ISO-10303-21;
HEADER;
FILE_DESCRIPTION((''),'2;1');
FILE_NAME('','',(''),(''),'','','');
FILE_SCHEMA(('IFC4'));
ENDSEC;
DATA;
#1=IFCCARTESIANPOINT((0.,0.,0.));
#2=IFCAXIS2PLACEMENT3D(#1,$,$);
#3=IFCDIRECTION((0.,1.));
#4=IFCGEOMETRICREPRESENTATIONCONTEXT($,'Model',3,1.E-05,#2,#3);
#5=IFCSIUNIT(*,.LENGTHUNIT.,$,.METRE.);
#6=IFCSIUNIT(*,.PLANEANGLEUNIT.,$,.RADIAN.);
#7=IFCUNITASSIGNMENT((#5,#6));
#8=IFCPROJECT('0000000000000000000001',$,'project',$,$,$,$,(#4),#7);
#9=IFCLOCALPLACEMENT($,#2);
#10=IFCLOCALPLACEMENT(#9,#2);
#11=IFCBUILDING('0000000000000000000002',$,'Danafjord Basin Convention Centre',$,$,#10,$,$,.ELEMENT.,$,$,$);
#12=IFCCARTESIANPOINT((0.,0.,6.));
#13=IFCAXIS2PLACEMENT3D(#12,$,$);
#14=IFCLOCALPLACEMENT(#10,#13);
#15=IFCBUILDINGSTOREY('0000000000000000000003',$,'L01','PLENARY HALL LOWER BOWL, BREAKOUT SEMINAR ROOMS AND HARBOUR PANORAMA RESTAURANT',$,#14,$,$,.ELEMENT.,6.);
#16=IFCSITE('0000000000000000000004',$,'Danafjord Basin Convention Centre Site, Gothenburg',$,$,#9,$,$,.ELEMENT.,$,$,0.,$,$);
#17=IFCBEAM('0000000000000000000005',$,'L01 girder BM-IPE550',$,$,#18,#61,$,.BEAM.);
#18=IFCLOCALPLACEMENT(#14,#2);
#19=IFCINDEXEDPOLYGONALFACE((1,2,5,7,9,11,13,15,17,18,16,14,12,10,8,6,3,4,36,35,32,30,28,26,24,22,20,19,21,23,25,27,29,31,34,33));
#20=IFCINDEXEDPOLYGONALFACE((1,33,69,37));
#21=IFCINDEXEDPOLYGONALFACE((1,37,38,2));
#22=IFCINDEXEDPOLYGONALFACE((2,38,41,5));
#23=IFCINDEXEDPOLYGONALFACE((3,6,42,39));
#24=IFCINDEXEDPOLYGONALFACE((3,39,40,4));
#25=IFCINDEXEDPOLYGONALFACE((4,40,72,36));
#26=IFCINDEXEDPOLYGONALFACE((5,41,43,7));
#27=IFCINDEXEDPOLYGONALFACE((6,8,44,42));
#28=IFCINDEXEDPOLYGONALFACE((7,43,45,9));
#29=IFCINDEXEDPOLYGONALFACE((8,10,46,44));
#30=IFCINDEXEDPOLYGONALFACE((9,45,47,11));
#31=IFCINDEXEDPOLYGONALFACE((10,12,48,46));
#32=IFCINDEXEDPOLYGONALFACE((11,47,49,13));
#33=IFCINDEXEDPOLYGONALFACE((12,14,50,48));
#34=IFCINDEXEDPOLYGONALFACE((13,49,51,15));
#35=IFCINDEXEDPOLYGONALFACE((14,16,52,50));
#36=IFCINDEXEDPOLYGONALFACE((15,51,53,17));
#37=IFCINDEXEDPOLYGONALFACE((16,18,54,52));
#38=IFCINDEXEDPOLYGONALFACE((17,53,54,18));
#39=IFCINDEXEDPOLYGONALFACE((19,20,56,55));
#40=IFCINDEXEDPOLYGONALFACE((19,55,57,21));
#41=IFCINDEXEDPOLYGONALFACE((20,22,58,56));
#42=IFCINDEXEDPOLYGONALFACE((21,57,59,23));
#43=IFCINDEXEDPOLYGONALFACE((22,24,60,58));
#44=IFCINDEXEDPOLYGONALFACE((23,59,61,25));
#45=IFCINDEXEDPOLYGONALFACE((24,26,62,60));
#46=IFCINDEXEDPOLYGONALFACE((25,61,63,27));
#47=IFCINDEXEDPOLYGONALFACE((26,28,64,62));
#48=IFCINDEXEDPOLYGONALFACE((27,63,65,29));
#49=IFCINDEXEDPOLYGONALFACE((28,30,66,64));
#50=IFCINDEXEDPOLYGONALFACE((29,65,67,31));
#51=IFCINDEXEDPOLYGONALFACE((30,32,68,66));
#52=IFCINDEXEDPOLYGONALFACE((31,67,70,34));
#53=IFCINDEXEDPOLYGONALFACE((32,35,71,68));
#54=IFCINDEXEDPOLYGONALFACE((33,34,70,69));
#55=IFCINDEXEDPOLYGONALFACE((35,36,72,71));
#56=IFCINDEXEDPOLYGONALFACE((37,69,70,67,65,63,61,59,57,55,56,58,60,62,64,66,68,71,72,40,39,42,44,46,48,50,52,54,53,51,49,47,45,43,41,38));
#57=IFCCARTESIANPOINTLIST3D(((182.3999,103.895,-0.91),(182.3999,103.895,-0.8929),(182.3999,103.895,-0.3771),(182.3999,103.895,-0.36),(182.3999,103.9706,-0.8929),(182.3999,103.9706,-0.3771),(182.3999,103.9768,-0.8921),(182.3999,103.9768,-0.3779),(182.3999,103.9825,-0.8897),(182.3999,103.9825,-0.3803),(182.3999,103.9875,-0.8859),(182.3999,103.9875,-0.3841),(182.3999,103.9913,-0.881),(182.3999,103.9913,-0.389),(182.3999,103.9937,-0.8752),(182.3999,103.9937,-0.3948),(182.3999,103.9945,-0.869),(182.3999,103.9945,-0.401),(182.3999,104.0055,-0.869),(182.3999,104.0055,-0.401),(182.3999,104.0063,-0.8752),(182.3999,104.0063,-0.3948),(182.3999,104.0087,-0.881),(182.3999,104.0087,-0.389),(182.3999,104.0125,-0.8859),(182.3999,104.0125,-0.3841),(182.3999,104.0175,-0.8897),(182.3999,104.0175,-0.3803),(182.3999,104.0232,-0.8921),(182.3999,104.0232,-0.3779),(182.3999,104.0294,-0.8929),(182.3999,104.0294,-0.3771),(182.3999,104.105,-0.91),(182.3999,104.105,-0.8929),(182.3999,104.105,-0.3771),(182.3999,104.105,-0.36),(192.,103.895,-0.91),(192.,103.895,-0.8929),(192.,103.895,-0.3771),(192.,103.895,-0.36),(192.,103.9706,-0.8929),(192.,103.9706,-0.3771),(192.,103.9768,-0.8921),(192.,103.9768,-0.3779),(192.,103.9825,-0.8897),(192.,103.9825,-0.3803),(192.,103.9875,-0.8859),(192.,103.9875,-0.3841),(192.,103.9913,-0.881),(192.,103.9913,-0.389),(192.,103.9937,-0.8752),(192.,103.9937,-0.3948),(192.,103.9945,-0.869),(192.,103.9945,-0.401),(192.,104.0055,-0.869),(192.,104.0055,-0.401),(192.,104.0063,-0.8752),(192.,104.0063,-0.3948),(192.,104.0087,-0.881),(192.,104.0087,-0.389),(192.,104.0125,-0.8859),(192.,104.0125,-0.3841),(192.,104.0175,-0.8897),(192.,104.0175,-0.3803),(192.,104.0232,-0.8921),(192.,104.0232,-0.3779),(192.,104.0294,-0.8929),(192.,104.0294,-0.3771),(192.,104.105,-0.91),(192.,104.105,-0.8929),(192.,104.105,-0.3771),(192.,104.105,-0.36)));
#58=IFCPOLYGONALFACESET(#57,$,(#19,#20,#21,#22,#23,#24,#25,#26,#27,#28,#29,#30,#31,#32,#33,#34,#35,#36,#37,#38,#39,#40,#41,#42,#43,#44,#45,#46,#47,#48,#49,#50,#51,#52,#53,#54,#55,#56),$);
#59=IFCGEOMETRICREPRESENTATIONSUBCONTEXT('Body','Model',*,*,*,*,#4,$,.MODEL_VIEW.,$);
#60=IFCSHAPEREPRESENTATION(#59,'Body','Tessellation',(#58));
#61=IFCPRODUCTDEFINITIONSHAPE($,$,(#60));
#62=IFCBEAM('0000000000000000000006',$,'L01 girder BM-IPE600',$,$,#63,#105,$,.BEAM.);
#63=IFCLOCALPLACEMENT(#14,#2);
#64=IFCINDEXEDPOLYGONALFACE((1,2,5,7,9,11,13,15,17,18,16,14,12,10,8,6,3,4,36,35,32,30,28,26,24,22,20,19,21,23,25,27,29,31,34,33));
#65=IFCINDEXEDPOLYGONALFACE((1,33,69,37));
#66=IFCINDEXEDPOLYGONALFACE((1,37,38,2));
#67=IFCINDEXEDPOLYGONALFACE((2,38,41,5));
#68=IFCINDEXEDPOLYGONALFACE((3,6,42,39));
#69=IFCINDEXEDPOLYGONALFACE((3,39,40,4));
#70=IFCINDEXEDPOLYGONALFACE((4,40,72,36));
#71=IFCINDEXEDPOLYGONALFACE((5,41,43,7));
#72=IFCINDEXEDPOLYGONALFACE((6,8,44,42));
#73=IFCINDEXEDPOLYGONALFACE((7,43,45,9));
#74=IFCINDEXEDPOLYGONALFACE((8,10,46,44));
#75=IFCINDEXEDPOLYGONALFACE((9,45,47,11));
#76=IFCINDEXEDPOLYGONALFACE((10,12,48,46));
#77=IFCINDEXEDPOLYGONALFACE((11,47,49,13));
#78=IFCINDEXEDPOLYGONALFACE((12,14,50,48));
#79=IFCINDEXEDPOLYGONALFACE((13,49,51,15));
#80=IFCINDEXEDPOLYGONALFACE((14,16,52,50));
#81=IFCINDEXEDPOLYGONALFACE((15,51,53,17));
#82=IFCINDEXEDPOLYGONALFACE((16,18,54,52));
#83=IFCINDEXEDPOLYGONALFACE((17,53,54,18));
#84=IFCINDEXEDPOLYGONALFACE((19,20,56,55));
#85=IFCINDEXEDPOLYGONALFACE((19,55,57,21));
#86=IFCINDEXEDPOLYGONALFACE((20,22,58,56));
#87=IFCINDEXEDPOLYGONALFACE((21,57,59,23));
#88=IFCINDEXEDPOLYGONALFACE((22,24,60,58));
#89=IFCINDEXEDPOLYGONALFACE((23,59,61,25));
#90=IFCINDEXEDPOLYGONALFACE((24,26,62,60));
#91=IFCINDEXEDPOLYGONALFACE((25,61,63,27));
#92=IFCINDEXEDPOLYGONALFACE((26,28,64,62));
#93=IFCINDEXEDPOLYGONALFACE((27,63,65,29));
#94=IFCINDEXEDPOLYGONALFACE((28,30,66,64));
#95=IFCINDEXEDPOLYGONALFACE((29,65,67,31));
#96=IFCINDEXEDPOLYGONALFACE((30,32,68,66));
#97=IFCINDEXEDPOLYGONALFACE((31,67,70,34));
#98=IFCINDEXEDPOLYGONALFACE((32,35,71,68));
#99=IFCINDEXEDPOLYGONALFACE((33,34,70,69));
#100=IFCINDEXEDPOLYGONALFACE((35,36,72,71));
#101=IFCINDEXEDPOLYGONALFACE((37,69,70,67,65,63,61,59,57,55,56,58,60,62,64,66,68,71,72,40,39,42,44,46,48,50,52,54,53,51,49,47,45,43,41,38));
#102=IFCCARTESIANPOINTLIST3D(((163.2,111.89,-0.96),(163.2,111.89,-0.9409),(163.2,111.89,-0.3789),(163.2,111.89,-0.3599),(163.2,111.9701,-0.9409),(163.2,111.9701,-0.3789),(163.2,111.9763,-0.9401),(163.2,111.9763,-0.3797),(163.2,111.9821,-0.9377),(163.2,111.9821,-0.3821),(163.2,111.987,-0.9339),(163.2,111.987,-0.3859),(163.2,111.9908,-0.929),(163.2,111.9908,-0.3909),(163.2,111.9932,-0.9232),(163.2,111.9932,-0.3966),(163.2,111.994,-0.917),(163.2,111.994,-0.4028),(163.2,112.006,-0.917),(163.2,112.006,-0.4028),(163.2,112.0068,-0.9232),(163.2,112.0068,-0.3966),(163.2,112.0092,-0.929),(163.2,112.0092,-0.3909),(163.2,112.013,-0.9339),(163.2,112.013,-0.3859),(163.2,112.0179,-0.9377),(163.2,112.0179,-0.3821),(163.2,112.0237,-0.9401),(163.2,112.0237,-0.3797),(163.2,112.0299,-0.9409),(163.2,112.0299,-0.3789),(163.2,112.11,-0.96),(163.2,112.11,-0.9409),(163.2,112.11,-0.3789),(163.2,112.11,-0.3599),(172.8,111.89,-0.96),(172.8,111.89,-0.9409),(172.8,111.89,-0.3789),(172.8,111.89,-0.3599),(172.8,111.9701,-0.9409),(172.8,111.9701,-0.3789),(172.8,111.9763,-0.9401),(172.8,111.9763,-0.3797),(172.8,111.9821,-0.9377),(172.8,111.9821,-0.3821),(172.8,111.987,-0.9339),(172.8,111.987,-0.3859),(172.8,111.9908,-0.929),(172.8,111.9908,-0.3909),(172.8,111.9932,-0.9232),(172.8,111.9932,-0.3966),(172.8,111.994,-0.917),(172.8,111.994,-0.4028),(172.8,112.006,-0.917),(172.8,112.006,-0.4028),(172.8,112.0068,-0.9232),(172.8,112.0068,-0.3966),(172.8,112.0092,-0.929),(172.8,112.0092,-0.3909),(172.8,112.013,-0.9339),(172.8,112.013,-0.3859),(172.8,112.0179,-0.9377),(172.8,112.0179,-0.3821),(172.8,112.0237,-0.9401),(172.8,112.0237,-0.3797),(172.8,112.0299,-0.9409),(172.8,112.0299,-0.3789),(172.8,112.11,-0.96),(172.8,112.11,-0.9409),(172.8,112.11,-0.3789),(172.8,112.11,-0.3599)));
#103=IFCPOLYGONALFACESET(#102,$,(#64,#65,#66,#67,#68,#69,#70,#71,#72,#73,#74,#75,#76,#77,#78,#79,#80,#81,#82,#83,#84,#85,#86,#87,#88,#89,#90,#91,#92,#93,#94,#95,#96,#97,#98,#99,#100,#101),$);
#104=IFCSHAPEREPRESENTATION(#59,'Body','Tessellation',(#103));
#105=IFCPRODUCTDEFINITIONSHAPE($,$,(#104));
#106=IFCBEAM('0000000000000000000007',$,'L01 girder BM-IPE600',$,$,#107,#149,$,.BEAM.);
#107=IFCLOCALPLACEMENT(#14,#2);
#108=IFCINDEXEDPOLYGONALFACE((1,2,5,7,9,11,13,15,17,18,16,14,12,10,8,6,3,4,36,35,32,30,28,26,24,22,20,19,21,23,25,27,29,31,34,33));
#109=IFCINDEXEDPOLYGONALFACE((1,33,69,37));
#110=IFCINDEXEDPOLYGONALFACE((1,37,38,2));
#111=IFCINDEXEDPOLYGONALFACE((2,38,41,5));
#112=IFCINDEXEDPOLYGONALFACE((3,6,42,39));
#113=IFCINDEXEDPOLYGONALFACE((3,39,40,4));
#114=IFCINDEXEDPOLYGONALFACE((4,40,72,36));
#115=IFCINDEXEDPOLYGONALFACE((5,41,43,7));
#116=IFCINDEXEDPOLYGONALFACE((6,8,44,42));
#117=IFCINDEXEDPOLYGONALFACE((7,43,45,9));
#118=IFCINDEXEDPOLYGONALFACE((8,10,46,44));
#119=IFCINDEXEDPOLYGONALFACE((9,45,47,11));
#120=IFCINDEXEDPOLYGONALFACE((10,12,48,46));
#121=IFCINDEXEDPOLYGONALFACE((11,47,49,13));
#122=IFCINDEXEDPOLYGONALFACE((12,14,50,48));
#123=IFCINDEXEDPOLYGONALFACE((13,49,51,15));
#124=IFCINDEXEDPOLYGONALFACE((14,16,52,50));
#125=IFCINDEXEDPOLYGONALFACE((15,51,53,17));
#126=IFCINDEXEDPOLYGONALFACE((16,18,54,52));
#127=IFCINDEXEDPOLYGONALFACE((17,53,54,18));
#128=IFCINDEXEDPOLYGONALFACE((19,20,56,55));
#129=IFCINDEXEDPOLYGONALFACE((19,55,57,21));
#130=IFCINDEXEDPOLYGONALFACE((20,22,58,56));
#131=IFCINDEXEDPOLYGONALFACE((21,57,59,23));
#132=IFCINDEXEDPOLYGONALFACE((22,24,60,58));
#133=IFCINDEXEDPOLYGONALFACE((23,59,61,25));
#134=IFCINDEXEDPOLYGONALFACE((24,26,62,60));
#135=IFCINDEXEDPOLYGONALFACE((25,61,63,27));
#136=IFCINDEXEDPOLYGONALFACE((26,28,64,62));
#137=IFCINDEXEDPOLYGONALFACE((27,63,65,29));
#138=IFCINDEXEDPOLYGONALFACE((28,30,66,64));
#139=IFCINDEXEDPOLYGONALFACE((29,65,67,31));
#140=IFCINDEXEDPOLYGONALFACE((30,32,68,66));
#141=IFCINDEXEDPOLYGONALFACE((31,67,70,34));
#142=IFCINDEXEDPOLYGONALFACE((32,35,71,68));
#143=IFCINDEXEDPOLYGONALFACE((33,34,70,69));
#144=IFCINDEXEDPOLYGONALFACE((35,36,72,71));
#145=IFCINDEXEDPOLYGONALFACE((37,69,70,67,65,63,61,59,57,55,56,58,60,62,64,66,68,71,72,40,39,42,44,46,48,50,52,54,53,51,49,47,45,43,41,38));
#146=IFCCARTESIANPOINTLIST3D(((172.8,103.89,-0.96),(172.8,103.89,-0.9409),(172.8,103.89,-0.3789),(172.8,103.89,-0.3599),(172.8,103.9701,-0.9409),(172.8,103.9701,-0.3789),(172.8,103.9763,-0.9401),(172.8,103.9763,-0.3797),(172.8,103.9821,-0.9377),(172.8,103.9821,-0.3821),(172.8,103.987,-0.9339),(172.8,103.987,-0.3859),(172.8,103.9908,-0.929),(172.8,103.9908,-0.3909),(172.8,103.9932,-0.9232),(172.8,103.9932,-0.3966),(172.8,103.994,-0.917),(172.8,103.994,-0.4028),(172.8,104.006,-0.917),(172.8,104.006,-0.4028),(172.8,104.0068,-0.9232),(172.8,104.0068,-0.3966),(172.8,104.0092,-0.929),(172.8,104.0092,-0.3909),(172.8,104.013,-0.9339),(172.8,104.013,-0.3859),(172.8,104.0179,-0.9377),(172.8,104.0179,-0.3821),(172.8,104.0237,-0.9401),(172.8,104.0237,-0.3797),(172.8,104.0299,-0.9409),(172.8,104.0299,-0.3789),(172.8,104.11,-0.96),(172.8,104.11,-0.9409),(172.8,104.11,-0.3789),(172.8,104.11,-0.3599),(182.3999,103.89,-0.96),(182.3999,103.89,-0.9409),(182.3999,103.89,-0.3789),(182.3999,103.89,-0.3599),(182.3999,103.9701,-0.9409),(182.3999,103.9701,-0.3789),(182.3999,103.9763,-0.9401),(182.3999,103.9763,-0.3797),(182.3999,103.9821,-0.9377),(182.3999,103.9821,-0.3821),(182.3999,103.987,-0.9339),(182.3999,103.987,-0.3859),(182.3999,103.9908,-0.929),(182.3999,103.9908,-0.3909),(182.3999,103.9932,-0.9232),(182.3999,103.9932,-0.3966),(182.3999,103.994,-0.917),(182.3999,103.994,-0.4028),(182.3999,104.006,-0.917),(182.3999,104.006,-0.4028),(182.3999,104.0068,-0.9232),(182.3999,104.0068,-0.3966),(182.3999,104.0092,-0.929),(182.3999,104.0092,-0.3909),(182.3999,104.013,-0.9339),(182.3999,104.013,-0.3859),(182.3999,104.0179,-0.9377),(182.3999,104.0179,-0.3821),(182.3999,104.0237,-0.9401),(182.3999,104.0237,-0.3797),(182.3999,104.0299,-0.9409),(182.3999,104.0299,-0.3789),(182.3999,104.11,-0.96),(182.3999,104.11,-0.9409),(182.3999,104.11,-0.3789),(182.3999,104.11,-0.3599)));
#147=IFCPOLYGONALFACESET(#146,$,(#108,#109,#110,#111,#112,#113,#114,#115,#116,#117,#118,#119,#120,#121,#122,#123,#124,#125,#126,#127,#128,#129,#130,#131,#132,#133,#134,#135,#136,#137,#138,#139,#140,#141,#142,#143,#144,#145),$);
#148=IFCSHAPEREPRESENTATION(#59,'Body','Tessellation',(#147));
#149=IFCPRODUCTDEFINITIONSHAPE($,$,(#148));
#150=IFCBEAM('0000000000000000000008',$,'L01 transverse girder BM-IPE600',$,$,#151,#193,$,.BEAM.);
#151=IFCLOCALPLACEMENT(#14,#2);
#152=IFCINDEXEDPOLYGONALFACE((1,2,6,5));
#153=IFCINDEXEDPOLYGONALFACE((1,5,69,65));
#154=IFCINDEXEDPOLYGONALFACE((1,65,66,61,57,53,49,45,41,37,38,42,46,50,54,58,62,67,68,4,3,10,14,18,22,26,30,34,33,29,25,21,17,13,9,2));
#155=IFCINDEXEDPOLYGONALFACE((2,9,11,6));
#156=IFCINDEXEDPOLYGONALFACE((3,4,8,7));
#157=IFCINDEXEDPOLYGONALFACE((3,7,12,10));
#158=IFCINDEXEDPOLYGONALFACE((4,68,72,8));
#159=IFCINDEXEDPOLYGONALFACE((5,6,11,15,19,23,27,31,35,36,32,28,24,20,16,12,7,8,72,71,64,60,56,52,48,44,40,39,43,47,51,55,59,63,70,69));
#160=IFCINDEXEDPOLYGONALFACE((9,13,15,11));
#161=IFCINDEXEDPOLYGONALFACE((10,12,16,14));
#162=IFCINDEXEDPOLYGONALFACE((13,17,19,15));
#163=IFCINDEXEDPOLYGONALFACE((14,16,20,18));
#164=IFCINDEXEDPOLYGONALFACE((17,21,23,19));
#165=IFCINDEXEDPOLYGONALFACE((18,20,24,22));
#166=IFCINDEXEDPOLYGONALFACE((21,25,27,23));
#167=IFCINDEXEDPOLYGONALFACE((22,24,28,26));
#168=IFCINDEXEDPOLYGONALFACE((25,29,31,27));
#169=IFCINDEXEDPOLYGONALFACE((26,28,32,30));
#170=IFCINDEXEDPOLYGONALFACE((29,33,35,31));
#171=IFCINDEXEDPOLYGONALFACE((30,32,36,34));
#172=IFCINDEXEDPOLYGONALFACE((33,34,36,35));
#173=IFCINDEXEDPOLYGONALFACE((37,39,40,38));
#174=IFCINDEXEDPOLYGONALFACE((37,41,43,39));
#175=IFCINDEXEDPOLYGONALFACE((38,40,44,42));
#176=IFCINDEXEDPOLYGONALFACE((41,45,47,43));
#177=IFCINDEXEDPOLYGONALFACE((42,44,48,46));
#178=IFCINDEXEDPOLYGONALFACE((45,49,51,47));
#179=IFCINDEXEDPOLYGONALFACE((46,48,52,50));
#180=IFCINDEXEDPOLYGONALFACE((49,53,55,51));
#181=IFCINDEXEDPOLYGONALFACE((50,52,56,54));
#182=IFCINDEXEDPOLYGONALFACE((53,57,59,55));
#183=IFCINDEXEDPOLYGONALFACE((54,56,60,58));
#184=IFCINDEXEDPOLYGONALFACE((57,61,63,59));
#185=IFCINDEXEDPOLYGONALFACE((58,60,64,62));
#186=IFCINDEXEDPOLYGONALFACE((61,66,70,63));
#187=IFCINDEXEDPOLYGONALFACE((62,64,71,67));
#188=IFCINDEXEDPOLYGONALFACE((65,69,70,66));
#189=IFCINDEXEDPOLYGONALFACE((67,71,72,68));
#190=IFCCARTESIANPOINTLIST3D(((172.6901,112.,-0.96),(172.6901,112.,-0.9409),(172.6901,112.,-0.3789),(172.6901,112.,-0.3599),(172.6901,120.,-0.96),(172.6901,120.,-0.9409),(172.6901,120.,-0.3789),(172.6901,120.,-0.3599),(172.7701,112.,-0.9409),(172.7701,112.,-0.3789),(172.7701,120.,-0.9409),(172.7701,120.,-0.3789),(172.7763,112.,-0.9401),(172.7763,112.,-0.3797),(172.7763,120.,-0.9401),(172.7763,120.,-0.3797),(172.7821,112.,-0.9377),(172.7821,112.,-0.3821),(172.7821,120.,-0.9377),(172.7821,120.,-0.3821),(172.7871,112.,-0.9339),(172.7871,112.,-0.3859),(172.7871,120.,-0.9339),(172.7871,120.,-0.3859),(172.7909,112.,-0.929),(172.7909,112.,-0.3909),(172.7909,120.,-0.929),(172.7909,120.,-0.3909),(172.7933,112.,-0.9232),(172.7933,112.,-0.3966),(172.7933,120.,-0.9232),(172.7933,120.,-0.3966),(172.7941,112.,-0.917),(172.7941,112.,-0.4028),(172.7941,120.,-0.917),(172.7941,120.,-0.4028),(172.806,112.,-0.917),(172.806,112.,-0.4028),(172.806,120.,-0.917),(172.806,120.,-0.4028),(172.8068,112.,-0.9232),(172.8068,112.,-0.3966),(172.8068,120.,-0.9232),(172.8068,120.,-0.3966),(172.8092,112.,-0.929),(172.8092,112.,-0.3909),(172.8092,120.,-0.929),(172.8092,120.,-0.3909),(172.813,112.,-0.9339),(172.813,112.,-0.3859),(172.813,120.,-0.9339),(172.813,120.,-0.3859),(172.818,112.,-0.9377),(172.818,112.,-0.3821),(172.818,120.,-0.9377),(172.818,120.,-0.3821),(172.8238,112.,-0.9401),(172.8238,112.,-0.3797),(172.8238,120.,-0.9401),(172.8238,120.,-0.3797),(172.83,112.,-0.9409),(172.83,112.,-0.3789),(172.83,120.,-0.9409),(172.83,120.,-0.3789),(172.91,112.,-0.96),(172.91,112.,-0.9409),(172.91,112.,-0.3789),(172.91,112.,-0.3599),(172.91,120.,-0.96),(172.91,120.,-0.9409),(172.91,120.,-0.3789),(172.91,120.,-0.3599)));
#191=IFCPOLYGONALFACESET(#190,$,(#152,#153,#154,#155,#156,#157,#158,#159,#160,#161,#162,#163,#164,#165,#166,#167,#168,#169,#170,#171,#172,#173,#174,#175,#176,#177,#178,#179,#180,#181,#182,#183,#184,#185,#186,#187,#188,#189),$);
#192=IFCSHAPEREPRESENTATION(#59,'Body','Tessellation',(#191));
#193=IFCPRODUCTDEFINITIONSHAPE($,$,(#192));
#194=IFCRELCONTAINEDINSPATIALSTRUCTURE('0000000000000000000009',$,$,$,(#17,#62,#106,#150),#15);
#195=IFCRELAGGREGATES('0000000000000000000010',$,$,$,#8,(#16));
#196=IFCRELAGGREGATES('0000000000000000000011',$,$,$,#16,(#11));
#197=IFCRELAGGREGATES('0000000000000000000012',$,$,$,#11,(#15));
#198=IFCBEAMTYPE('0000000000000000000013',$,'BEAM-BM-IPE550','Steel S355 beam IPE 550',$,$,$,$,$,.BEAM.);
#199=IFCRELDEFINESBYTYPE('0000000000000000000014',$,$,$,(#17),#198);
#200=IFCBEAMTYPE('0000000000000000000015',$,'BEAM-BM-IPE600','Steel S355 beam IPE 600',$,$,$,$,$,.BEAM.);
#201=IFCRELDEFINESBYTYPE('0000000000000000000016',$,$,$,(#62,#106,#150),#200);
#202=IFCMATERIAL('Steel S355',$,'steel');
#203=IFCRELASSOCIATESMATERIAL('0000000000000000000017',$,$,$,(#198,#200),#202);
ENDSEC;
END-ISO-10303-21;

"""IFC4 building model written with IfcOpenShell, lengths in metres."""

from ifc_helpers import new_model, si_unit, direction, frame, origin, origin_2d, place, context, subcontext, project, spatial, i_section, extrude, material, material_profile, profile_set, type_object, element, save


model = new_model("IFC4")

# Units and contexts
model_context = context("Model", 3, precision=1e-05, world=origin(), true_north=direction((0.0, 1.0)))
body_context = subcontext(model_context, "Body", "Model", "MODEL_VIEW")
ifc_project = project(units=[si_unit("LENGTHUNIT", "METRE"), si_unit("PLANEANGLEUNIT", "RADIAN")], contexts=[model_context])

# Site, building, storey
site_placement = place(None, origin())
site = spatial("IfcSite", under=ifc_project, at=site_placement, Name="Danafjord Basin Convention Centre Site, Gothenburg", CompositionType="ELEMENT", RefElevation=0.0)
building_placement = place(site_placement, origin())
building = spatial("IfcBuilding", under=site, at=building_placement, Name="Danafjord Basin Convention Centre", CompositionType="ELEMENT")
storey_placement = place(building_placement, frame((0.0, 0.0, 6.0)))
storey = spatial("IfcBuildingStorey", under=building, at=storey_placement, Name="L01", Description="PLENARY HALL LOWER BOWL, BREAKOUT SEMINAR ROOMS AND HARBOUR PANORAMA RESTAURANT", CompositionType="ELEMENT", Elevation=6.0)

# Shared definitions
ifc_material = material(Name="Steel S355", Category="steel")

# Beams
ifc_material_profile_1 = material_profile(ifc_material, i_section(OverallWidth=0.21, OverallDepth=0.55, WebThickness=0.011, FlangeThickness=0.0171, FilletRadius=0.0239, at=origin_2d()), Name="IPE 550")
ifc_profile_set_1 = profile_set([ifc_material_profile_1], Name="Steel S355")
beam_type_1 = type_object("IfcBeamType", Name="BEAM-BM-IPE550", Description="Steel S355 beam IPE 550", PredefinedType="BEAM", material=ifc_profile_set_1)
beam_1_placement = place(storey_placement, frame((182.3999, 104.0, -0.635), z_axis=(1.0, 0.0, 0.0), x_axis=(0.0, 1.0, 0.0)))
element("IfcBeam", 1, at=beam_1_placement, inside=storey, type_object=beam_type_1, Name="L01 girder BM-IPE550", PredefinedType="BEAM", context=body_context, shape_type="SweptSolid", body=[
    extrude(i_section(OverallWidth=0.21, OverallDepth=0.55, WebThickness=0.011, FlangeThickness=0.0171, FilletRadius=0.0239, at=origin_2d()), origin(), (0.0, 0.0, 1.0), 9.6001),
])
ifc_material_profile_2 = material_profile(ifc_material, i_section(OverallWidth=0.22, OverallDepth=0.6001, WebThickness=0.012, FlangeThickness=0.019, FilletRadius=0.0239, at=origin_2d()), Name="IPE 600")
ifc_profile_set_2 = profile_set([ifc_material_profile_2], Name="Steel S355")
beam_type_2 = type_object("IfcBeamType", Name="BEAM-BM-IPE600", Description="Steel S355 beam IPE 600", PredefinedType="BEAM", material=ifc_profile_set_2)
beam_2_placement = place(storey_placement, frame((163.2, 112.0, -0.6599), z_axis=(1.0, 0.0, 0.0), x_axis=(0.0, 1.0, 0.0)))
element("IfcBeam", 2, at=beam_2_placement, inside=storey, type_object=beam_type_2, Name="L01 girder BM-IPE600", PredefinedType="BEAM", context=body_context, shape_type="SweptSolid", body=[
    extrude(i_section(OverallWidth=0.22, OverallDepth=0.6001, WebThickness=0.012, FlangeThickness=0.019, FilletRadius=0.0239, at=origin_2d()), origin(), (0.0, 0.0, 1.0), 9.6001),
])
beam_3_placement = place(storey_placement, frame((172.8, 104.0, -0.6599), z_axis=(1.0, 0.0, 0.0), x_axis=(0.0, 1.0, 0.0)))
element("IfcBeam", 3, at=beam_3_placement, inside=storey, type_object=beam_type_2, Name="L01 girder BM-IPE600", PredefinedType="BEAM", context=body_context, shape_type="SweptSolid", body=[
    extrude(i_section(OverallWidth=0.22, OverallDepth=0.6001, WebThickness=0.012, FlangeThickness=0.019, FilletRadius=0.0239, at=origin_2d()), origin(), (0.0, 0.0, 1.0), 9.5999),
])
for number, where, z_axis, x_axis, name in (
    (4, (172.8, 112.0, -0.6599), (0.0, 1.0, 0.0), (-1.0, 0.0, 0.0), "L01 transverse girder BM-IPE600"),
):
    element("IfcBeam", number, at=place(storey_placement, frame(where, z_axis=z_axis, x_axis=x_axis)), inside=storey, type_object=beam_type_2, Name=name, PredefinedType="BEAM", context=body_context, shape_type="SweptSolid", body=[
        extrude(i_section(OverallWidth=0.22, OverallDepth=0.6001, WebThickness=0.012, FlangeThickness=0.019, FilletRadius=0.0239, at=origin_2d()), origin(), (0.0, 0.0, 1.0), 8.0),
    ])

save(model, "model.ifc")
